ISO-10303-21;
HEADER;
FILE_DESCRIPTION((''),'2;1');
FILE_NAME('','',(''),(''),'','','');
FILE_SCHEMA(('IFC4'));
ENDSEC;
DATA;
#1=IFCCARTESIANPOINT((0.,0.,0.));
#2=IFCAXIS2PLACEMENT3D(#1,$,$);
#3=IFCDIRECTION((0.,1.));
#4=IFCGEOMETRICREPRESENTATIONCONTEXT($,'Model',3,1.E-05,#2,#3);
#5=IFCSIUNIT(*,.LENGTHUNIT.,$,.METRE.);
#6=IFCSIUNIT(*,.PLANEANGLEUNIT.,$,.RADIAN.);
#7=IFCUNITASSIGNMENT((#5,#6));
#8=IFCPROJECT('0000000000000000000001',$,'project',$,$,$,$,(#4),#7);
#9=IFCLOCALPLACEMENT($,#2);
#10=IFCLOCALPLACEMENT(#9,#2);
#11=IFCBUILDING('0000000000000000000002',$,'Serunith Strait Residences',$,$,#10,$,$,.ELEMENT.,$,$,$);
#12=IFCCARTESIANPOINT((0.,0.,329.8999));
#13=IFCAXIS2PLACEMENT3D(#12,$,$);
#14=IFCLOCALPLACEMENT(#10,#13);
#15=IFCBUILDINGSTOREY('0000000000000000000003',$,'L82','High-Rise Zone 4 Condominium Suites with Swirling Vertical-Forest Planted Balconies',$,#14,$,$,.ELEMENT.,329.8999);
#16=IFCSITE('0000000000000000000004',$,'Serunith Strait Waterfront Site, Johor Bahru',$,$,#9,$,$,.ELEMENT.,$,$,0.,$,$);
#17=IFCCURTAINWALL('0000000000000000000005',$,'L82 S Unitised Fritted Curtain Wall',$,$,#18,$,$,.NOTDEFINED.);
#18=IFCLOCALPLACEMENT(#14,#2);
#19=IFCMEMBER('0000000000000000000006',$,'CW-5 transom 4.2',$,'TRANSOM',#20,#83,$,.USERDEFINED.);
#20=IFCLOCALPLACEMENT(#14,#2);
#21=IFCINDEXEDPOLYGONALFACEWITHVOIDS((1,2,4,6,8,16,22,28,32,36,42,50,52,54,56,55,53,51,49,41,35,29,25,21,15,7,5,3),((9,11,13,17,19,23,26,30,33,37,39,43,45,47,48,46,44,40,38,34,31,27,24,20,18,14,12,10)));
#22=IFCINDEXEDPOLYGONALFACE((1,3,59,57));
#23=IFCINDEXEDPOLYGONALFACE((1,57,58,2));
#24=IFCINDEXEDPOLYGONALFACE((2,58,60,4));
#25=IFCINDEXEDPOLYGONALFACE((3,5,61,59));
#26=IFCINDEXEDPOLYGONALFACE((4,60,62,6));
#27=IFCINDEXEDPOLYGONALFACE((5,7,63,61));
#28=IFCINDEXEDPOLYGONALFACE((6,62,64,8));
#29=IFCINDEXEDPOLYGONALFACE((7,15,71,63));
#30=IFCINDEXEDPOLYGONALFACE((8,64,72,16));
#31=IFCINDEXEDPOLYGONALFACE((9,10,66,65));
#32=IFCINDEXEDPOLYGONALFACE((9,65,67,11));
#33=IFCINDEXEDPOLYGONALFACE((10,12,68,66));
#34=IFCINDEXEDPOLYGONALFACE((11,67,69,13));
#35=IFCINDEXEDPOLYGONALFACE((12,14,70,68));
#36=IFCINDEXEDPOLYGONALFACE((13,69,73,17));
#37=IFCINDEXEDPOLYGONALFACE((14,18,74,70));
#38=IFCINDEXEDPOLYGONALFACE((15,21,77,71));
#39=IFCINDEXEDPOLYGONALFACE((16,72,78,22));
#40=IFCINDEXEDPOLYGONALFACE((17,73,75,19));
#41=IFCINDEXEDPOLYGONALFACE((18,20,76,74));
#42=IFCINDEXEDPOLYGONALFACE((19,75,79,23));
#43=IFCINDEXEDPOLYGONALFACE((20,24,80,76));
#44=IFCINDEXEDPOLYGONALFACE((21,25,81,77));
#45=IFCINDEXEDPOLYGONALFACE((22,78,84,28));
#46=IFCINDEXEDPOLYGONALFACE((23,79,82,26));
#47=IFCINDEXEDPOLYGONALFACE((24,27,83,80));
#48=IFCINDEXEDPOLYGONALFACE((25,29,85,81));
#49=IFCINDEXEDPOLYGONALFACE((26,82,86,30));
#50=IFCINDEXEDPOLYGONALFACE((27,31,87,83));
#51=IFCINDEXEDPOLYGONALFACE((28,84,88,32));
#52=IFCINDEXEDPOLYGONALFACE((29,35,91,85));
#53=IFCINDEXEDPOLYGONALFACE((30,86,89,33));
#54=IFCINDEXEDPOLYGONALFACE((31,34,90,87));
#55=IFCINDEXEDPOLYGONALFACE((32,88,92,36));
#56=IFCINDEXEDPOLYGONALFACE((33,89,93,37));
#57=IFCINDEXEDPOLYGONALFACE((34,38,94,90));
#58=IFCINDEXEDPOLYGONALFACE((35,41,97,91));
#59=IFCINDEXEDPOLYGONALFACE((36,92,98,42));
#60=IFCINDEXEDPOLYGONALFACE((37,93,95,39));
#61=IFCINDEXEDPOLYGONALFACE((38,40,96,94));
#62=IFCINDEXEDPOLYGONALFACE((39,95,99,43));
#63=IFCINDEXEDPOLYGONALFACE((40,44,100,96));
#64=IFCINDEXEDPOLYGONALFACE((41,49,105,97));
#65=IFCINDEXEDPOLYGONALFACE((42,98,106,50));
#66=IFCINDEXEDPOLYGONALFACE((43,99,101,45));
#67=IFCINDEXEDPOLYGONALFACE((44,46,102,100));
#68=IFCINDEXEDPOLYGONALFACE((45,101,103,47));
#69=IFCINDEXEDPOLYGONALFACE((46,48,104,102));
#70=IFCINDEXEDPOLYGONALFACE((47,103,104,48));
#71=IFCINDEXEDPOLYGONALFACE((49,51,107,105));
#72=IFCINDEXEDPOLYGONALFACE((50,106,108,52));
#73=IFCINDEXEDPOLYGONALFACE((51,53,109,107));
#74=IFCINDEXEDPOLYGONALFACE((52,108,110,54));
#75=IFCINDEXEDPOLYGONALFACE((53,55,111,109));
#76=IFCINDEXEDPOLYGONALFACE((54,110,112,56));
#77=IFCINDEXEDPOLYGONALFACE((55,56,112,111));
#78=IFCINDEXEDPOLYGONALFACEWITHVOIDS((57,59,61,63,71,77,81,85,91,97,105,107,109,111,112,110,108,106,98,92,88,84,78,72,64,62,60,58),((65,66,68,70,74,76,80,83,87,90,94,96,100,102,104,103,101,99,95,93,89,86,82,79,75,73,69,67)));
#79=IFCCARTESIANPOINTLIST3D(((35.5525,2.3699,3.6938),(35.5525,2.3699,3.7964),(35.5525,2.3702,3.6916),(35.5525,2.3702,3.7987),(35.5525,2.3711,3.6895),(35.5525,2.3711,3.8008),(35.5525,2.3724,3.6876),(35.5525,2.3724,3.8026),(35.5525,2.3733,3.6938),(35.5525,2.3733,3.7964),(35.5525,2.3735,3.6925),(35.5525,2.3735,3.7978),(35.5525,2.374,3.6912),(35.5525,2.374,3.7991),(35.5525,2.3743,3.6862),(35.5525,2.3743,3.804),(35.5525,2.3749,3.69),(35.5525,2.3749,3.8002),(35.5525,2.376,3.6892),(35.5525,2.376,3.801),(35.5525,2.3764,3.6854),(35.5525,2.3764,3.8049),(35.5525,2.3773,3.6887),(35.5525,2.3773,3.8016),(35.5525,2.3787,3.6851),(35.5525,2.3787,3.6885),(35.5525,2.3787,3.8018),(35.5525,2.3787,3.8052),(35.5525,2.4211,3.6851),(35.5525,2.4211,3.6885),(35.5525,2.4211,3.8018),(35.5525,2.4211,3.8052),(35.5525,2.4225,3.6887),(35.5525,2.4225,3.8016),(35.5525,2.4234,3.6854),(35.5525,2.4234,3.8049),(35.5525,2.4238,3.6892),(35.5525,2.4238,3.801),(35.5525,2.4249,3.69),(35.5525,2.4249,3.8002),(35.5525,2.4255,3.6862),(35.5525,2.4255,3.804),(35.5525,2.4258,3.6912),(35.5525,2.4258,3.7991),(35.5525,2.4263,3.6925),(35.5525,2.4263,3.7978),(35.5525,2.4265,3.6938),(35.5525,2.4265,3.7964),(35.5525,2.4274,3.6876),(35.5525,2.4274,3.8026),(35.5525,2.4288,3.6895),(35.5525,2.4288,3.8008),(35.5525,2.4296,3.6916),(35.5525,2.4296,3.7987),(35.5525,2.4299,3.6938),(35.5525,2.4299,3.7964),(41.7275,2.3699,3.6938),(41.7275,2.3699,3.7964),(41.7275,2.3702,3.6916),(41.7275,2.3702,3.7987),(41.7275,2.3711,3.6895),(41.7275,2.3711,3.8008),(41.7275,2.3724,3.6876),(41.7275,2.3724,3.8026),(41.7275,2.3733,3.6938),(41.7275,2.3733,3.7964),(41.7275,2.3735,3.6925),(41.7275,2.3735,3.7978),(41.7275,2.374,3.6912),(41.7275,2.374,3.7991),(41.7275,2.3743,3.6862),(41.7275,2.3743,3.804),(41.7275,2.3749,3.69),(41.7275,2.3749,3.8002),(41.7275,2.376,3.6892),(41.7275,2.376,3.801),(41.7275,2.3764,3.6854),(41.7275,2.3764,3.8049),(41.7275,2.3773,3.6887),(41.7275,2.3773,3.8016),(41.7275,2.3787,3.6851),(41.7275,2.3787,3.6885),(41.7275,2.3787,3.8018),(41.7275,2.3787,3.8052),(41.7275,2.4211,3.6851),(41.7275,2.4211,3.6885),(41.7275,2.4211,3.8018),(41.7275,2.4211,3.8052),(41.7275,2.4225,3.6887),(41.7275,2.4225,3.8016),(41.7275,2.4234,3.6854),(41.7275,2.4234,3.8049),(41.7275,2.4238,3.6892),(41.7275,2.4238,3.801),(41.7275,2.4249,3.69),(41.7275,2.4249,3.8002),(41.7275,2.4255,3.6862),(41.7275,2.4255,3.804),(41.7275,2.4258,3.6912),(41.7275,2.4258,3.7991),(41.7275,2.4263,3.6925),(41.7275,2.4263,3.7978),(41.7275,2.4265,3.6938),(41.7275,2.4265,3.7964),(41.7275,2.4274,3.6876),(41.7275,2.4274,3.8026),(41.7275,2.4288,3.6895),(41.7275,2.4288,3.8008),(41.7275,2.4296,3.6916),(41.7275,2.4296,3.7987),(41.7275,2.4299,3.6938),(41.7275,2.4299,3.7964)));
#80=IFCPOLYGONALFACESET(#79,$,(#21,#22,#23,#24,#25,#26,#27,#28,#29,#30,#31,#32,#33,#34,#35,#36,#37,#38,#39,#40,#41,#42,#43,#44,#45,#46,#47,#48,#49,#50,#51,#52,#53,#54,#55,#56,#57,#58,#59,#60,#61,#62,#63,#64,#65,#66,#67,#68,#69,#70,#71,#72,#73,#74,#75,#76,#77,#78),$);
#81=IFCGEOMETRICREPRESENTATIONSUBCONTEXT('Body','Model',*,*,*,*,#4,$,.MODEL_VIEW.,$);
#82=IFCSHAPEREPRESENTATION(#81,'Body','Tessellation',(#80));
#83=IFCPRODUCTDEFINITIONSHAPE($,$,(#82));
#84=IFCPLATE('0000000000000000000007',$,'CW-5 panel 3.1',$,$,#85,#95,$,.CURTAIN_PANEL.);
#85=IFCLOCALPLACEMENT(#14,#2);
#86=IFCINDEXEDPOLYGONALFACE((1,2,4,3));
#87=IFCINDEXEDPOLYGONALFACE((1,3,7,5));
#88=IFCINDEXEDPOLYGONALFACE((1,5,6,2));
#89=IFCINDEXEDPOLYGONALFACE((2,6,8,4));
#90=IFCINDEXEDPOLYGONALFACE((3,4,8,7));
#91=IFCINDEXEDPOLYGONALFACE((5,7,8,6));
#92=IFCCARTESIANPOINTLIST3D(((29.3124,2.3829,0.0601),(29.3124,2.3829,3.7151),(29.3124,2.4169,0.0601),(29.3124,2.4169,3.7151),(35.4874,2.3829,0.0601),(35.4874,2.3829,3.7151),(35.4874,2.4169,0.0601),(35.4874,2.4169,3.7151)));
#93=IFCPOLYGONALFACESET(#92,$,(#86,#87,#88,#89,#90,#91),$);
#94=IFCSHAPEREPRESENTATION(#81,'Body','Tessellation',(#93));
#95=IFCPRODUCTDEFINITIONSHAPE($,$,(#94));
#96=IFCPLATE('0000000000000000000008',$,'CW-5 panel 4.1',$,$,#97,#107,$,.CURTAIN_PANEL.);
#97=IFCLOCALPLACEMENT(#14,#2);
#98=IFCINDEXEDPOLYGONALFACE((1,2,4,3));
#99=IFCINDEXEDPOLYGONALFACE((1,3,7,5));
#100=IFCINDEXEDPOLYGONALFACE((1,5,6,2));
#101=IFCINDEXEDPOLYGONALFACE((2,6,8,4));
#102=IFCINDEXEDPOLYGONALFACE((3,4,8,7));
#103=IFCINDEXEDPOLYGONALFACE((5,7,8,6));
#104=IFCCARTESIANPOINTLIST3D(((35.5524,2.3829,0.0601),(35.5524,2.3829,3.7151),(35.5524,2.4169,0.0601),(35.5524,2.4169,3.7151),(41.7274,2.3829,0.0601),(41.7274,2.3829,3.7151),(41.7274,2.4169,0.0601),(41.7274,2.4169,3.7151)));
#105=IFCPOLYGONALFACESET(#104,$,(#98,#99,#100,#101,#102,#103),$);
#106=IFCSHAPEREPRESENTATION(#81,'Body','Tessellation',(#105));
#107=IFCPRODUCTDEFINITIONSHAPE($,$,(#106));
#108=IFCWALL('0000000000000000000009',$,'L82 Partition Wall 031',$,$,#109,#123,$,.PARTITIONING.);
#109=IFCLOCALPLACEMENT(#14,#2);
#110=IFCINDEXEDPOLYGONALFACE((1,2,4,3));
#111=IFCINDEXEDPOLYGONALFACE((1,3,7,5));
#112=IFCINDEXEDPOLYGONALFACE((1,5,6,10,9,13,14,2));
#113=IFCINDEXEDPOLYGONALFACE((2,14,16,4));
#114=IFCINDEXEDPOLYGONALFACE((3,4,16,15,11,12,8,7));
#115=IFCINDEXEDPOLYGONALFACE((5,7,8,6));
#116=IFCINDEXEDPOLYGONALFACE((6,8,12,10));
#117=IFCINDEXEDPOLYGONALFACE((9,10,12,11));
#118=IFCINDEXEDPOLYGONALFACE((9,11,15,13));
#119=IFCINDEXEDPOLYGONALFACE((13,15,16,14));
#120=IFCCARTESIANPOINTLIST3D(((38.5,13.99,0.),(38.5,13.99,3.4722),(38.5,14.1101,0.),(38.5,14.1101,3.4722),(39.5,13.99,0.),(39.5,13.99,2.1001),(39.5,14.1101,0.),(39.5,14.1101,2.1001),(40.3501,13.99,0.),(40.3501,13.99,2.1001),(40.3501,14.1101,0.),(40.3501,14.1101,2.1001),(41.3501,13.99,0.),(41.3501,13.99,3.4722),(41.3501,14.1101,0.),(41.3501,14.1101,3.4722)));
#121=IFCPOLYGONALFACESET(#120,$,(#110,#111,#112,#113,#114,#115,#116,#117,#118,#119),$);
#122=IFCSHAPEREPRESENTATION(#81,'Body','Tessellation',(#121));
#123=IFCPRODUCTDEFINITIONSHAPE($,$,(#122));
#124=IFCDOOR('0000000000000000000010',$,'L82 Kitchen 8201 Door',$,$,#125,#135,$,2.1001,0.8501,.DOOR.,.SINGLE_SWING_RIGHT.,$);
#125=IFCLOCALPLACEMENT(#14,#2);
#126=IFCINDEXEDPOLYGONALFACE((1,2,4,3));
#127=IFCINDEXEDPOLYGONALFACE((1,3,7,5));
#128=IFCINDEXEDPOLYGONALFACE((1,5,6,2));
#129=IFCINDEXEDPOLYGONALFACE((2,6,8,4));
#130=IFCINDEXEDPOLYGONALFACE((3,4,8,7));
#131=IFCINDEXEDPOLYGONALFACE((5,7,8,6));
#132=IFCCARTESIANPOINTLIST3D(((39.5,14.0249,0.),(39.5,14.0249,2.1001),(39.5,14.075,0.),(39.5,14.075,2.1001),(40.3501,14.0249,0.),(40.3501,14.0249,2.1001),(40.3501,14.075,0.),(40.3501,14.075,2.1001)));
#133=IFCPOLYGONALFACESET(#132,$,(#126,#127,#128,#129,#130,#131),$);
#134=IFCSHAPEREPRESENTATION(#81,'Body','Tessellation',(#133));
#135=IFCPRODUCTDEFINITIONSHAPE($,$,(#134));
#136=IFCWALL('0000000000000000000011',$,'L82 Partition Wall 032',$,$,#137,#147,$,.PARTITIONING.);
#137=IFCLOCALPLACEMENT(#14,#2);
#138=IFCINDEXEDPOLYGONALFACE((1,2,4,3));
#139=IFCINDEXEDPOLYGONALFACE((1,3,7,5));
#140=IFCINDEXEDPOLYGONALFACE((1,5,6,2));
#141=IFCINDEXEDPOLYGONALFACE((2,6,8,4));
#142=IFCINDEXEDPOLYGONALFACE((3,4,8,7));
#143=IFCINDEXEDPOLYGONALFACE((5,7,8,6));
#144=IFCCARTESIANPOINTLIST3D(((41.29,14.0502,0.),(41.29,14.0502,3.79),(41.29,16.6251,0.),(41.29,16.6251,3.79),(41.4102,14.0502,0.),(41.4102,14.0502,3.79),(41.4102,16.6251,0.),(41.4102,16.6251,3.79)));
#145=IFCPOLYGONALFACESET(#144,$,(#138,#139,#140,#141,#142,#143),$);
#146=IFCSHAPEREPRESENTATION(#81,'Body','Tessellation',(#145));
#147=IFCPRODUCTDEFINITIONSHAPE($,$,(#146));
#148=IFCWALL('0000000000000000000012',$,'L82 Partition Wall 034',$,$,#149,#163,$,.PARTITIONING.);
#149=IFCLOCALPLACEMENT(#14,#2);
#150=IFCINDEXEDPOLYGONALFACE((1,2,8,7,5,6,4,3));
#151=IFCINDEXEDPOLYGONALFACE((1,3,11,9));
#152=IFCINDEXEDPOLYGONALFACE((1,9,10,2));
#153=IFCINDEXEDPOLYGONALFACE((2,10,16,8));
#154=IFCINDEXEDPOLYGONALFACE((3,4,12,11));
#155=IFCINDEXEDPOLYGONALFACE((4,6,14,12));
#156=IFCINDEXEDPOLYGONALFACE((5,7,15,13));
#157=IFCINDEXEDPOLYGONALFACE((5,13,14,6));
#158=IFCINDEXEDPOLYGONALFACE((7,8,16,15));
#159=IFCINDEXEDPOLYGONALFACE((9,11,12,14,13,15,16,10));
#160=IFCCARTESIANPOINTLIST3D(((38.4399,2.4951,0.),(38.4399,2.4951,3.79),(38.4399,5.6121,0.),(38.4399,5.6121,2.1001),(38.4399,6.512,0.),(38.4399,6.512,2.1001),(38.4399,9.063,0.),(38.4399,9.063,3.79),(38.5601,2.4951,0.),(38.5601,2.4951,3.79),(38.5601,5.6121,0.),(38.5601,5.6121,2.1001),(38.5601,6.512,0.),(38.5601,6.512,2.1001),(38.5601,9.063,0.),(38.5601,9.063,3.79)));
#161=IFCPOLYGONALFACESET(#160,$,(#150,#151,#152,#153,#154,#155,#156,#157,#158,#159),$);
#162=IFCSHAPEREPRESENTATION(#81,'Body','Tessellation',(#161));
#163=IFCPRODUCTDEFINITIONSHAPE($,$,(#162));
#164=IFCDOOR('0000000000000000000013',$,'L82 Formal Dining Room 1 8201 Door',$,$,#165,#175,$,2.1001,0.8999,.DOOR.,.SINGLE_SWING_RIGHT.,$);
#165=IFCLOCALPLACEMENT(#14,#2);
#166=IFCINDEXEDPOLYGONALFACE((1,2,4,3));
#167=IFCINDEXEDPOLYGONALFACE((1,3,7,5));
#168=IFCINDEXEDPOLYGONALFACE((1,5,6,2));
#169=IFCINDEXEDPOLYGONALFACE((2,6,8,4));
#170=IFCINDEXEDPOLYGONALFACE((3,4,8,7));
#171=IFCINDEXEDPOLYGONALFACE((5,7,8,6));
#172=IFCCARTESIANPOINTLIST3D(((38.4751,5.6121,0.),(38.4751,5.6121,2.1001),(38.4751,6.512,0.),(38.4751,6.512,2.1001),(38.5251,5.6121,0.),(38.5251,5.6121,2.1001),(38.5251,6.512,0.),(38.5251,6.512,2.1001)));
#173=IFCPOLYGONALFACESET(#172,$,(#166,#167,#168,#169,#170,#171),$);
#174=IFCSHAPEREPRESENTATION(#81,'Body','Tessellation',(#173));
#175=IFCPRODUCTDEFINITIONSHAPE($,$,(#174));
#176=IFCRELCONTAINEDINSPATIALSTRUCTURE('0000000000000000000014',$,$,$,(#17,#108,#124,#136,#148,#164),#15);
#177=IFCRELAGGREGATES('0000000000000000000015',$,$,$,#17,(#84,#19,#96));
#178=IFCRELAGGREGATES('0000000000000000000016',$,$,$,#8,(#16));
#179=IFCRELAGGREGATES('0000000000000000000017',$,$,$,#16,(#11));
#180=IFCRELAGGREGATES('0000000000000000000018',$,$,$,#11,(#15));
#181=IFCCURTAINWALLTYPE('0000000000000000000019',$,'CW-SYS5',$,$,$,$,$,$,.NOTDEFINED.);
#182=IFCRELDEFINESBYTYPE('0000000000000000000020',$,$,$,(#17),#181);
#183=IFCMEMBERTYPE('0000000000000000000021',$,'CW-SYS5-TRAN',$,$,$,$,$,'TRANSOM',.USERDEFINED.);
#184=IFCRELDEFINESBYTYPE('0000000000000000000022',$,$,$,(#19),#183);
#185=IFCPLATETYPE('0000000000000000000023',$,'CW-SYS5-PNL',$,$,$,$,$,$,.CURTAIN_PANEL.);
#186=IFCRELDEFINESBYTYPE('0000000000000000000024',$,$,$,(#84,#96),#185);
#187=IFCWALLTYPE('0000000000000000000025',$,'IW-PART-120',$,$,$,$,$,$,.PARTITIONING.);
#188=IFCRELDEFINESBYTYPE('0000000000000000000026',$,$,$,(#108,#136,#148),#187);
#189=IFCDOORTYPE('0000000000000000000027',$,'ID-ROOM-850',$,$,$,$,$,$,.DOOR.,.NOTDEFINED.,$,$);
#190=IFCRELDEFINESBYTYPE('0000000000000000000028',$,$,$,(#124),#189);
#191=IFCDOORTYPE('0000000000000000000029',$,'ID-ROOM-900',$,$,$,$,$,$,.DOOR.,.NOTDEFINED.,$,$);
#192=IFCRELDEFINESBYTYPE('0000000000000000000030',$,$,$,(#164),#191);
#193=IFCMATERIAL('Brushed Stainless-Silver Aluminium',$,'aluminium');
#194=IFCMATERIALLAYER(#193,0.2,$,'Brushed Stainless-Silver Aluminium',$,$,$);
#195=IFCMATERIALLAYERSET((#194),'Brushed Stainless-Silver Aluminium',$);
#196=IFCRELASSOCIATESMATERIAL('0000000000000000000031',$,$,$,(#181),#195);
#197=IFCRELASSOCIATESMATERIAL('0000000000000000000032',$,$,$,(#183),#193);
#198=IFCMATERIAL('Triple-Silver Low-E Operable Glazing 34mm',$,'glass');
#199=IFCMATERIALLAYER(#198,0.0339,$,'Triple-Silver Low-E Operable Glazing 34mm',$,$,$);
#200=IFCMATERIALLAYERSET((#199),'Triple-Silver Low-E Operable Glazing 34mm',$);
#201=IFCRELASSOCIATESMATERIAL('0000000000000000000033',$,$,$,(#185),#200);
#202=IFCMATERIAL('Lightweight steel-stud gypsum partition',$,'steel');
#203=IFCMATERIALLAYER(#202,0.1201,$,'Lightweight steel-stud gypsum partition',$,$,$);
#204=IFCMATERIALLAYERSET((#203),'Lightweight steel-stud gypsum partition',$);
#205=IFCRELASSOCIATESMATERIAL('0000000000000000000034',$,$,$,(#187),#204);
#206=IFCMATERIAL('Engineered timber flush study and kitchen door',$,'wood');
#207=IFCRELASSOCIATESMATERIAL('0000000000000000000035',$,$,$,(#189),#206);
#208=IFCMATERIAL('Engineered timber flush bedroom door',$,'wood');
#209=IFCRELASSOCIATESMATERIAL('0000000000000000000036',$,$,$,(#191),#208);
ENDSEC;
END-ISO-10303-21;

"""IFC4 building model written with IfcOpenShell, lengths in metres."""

from ifc_helpers import new_model, si_unit, direction, frame, frame_2d, origin, origin_2d, place, context, subcontext, project, spatial, rectangle, hollow_rectangle, extrude, source, transform, mapped, material, layer, layer_set, material_profile, profile_set, type_object, element, fill, aggregate, save


model = new_model("IFC4")

# Units and contexts
model_context = context("Model", 3, precision=1e-05, world=origin(), true_north=direction((0.0, 1.0)))
body_context = subcontext(model_context, "Body", "Model", "MODEL_VIEW")
ifc_project = project(units=[si_unit("LENGTHUNIT", "METRE"), si_unit("PLANEANGLEUNIT", "RADIAN")], contexts=[model_context])

# Site, building, storey
site_placement = place(None, origin())
site = spatial("IfcSite", under=ifc_project, at=site_placement, Name="Serunith Strait Waterfront Site, Johor Bahru", CompositionType="ELEMENT", RefElevation=0.0)
building_placement = place(site_placement, origin())
building = spatial("IfcBuilding", under=site, at=building_placement, Name="Serunith Strait Residences", CompositionType="ELEMENT")
storey_placement = place(building_placement, frame((0.0, 0.0, 329.8999)))
storey = spatial("IfcBuildingStorey", under=building, at=storey_placement, Name="L82", Description="High-Rise Zone 4 Condominium Suites with Swirling Vertical-Forest Planted Balconies", CompositionType="ELEMENT", Elevation=329.8999)

# Curtain wall, member, plates
ifc_material_1 = material(Name="Brushed Stainless-Silver Aluminium", Category="aluminium")
ifc_layer_1 = layer(ifc_material_1, 0.2, Name="Brushed Stainless-Silver Aluminium")
ifc_layer_set_1 = layer_set([ifc_layer_1], Name="Brushed Stainless-Silver Aluminium")
curtain_wall_type = type_object("IfcCurtainWallType", Name="CW-SYS5", PredefinedType="NOTDEFINED", material=ifc_layer_set_1)
curtain_wall_placement = place(storey_placement, origin())
curtain_wall = element("IfcCurtainWall", 1, at=curtain_wall_placement, inside=storey, type_object=curtain_wall_type, Name="L82 S Unitised Fritted Curtain Wall", PredefinedType="NOTDEFINED")
ifc_material_profile_1 = material_profile(ifc_material_1, hollow_rectangle(XDim=0.0601, YDim=0.1201, WallThickness=0.0034, InnerFilletRadius=0.0054, OuterFilletRadius=0.0088, at=origin_2d()), Name="ALU 120x60x3.5")
ifc_profile_set_1 = profile_set([ifc_material_profile_1], Name="Brushed Stainless-Silver Aluminium")
member_type_1 = type_object("IfcMemberType", Name="CW-SYS5-TRAN", ElementType="TRANSOM", PredefinedType="USERDEFINED", material=ifc_profile_set_1)
shared_shape_1 = source(origin(), body_context, "Body", "SweptSolid", [
    extrude(hollow_rectangle(XDim=0.0601, YDim=0.1201, WallThickness=0.0034, InnerFilletRadius=0.0054, OuterFilletRadius=0.0088, at=origin_2d()), origin(), (0.0, 0.0, 1.0), 6.175),
])
member_1_placement = place(storey_placement, frame((35.5525, 2.3999, 3.7451), z_axis=(1.0, 0.0, 0.0), x_axis=(0.0, 1.0, 0.0)))
member_1 = element("IfcMember", 2, at=member_1_placement, type_object=member_type_1, Name="CW-5 transom 4.2", ObjectType="TRANSOM", PredefinedType="USERDEFINED", context=body_context, shape_type="MappedRepresentation", body=[
    mapped(shared_shape_1, transform((0.0, 0.0, 0.0), scale=1.0)),
])
ifc_material_2 = material(Name="Triple-Silver Low-E Operable Glazing 34mm", Category="glass")
ifc_layer_2 = layer(ifc_material_2, 0.0339, Name="Triple-Silver Low-E Operable Glazing 34mm")
ifc_layer_set_2 = layer_set([ifc_layer_2], Name="Triple-Silver Low-E Operable Glazing 34mm")
plate_type = type_object("IfcPlateType", Name="CW-SYS5-PNL", PredefinedType="CURTAIN_PANEL", material=ifc_layer_set_2)
shared_shape_2 = source(origin(), body_context, "Body", "SweptSolid", [
    extrude(rectangle(XDim=6.175, YDim=0.0339, at=origin_2d()), origin(), (0.0, 0.0, 1.0), 3.655),
])
plate_1_placement = place(storey_placement, frame((32.3999, 2.3999, 0.0601), z_axis=(0.0, 0.0, 1.0), x_axis=(1.0, 0.0, 0.0)))
plate_1 = element("IfcPlate", 3, at=plate_1_placement, type_object=plate_type, Name="CW-5 panel 3.1", PredefinedType="CURTAIN_PANEL", context=body_context, shape_type="MappedRepresentation", body=[
    mapped(shared_shape_2, transform((0.0, 0.0, 0.0), scale=1.0)),
])
plate_2_placement = place(storey_placement, frame((38.6399, 2.3999, 0.0601), z_axis=(0.0, 0.0, 1.0), x_axis=(1.0, 0.0, 0.0)))
plate_2 = element("IfcPlate", 4, at=plate_2_placement, type_object=plate_type, Name="CW-5 panel 4.1", PredefinedType="CURTAIN_PANEL", context=body_context, shape_type="MappedRepresentation", body=[
    mapped(shared_shape_2, transform((0.0, 0.0, 0.0), scale=1.0)),
])
aggregate(curtain_wall, [plate_1, member_1, plate_2])

# Wall, opening, door
ifc_material_3 = material(Name="Lightweight steel-stud gypsum partition", Category="steel")
ifc_layer_3 = layer(ifc_material_3, 0.1201, Name="Lightweight steel-stud gypsum partition")
ifc_layer_set_3 = layer_set([ifc_layer_3], Name="Lightweight steel-stud gypsum partition")
wall_type = type_object("IfcWallType", Name="IW-PART-120", PredefinedType="PARTITIONING", material=ifc_layer_set_3)
wall_1_placement = place(storey_placement, frame((38.5, 14.05, 0.0), z_axis=(0.0, 0.0, 1.0), x_axis=(1.0, 0.0, 0.0)))
wall_1 = element("IfcWall", 5, at=wall_1_placement, inside=storey, type_object=wall_type, Name="L82 Partition Wall 031", PredefinedType="PARTITIONING", context=body_context, shape_type="SweptSolid", body=[
    extrude(rectangle(XDim=2.8501, YDim=0.1201, at=frame_2d((1.425, 0.0))), origin(), (0.0, 0.0, 1.0), 3.4722),
])
opening_1_placement = place(wall_1_placement, frame((1.0, 0.0, 0.0)))
opening_1 = element("IfcOpeningElement", 6, at=opening_1_placement, cuts=wall_1, PredefinedType="OPENING", context=body_context, shape_type="SweptSolid", body=[
    extrude(rectangle(XDim=0.8501, YDim=2.1001, at=frame_2d((0.425, 1.05))), frame((0.0, 0.0701, 0.0), z_axis=(0.0, -1.0, 0.0), x_axis=(1.0, 0.0, 0.0)), (0.0, 0.0, 1.0), 0.1401),
])
ifc_material_4 = material(Name="Engineered timber flush study and kitchen door", Category="wood")
door_type_1 = type_object("IfcDoorType", Name="ID-ROOM-850", OperationType="NOTDEFINED", PredefinedType="DOOR", material=ifc_material_4)
shared_shape_3 = source(origin(), body_context, "Body", "SweptSolid", [
    extrude(rectangle(XDim=0.8501, YDim=2.1001, at=frame_2d((0.425, 1.05))), frame((0.0, 0.0249, 0.0), z_axis=(0.0, -1.0, 0.0), x_axis=(1.0, 0.0, 0.0)), (0.0, 0.0, 1.0), 0.05),
])
door_1_placement = place(opening_1_placement, origin())
door_1 = element("IfcDoor", 7, at=door_1_placement, inside=storey, type_object=door_type_1, Name="L82 Kitchen 8201 Door", OperationType="SINGLE_SWING_RIGHT", OverallHeight=2.1001, OverallWidth=0.8501, PredefinedType="DOOR", context=body_context, shape_type="MappedRepresentation", body=[
    mapped(shared_shape_3, transform((0.0, 0.0, 0.0), scale=1.0)),
])
fill(opening_1, door_1)

# Wall
wall_2_placement = place(storey_placement, frame((41.3501, 14.05, 0.0), z_axis=(0.0, 0.0, 1.0), x_axis=(0.0, 1.0, 0.0)))
element("IfcWall", 8, at=wall_2_placement, inside=storey, type_object=wall_type, Name="L82 Partition Wall 032", PredefinedType="PARTITIONING", context=body_context, shape_type="SweptSolid", body=[
    extrude(rectangle(XDim=2.575, YDim=0.1201, at=frame_2d((1.2876, 0.0))), origin(), (0.0, 0.0, 1.0), 3.79),
])

# Wall, opening, door
wall_3_placement = place(storey_placement, frame((38.5, 2.4951, 0.0), z_axis=(0.0, 0.0, 1.0), x_axis=(0.0, 1.0, 0.0)))
wall_3 = element("IfcWall", 9, at=wall_3_placement, inside=storey, type_object=wall_type, Name="L82 Partition Wall 034", PredefinedType="PARTITIONING", context=body_context, shape_type="SweptSolid", body=[
    extrude(rectangle(XDim=6.5679, YDim=0.1201, at=frame_2d((3.2839, 0.0))), origin(), (0.0, 0.0, 1.0), 3.79),
])
opening_2_placement = place(wall_3_placement, frame((3.1169, 0.0, 0.0)))
opening_2 = element("IfcOpeningElement", 10, at=opening_2_placement, cuts=wall_3, PredefinedType="OPENING", context=body_context, shape_type="SweptSolid", body=[
    extrude(rectangle(XDim=0.8999, YDim=2.1001, at=frame_2d((0.45, 1.05))), frame((0.0, 0.0701, 0.0), z_axis=(0.0, -1.0, 0.0), x_axis=(1.0, 0.0, 0.0)), (0.0, 0.0, 1.0), 0.1401),
])
ifc_material_5 = material(Name="Engineered timber flush bedroom door", Category="wood")
door_type_2 = type_object("IfcDoorType", Name="ID-ROOM-900", OperationType="NOTDEFINED", PredefinedType="DOOR", material=ifc_material_5)
shared_shape_4 = source(origin(), body_context, "Body", "SweptSolid", [
    extrude(rectangle(XDim=0.8999, YDim=2.1001, at=frame_2d((0.45, 1.05))), frame((0.0, 0.0249, 0.0), z_axis=(0.0, -1.0, 0.0), x_axis=(1.0, 0.0, 0.0)), (0.0, 0.0, 1.0), 0.05),
])
door_2_placement = place(opening_2_placement, origin())
door_2 = element("IfcDoor", 11, at=door_2_placement, inside=storey, type_object=door_type_2, Name="L82 Formal Dining Room 1 8201 Door", OperationType="SINGLE_SWING_RIGHT", OverallHeight=2.1001, OverallWidth=0.8999, PredefinedType="DOOR", context=body_context, shape_type="MappedRepresentation", body=[
    mapped(shared_shape_4, transform((0.0, 0.0, 0.0), scale=1.0)),
])
fill(opening_2, door_2)

save(model, "model.ifc")
